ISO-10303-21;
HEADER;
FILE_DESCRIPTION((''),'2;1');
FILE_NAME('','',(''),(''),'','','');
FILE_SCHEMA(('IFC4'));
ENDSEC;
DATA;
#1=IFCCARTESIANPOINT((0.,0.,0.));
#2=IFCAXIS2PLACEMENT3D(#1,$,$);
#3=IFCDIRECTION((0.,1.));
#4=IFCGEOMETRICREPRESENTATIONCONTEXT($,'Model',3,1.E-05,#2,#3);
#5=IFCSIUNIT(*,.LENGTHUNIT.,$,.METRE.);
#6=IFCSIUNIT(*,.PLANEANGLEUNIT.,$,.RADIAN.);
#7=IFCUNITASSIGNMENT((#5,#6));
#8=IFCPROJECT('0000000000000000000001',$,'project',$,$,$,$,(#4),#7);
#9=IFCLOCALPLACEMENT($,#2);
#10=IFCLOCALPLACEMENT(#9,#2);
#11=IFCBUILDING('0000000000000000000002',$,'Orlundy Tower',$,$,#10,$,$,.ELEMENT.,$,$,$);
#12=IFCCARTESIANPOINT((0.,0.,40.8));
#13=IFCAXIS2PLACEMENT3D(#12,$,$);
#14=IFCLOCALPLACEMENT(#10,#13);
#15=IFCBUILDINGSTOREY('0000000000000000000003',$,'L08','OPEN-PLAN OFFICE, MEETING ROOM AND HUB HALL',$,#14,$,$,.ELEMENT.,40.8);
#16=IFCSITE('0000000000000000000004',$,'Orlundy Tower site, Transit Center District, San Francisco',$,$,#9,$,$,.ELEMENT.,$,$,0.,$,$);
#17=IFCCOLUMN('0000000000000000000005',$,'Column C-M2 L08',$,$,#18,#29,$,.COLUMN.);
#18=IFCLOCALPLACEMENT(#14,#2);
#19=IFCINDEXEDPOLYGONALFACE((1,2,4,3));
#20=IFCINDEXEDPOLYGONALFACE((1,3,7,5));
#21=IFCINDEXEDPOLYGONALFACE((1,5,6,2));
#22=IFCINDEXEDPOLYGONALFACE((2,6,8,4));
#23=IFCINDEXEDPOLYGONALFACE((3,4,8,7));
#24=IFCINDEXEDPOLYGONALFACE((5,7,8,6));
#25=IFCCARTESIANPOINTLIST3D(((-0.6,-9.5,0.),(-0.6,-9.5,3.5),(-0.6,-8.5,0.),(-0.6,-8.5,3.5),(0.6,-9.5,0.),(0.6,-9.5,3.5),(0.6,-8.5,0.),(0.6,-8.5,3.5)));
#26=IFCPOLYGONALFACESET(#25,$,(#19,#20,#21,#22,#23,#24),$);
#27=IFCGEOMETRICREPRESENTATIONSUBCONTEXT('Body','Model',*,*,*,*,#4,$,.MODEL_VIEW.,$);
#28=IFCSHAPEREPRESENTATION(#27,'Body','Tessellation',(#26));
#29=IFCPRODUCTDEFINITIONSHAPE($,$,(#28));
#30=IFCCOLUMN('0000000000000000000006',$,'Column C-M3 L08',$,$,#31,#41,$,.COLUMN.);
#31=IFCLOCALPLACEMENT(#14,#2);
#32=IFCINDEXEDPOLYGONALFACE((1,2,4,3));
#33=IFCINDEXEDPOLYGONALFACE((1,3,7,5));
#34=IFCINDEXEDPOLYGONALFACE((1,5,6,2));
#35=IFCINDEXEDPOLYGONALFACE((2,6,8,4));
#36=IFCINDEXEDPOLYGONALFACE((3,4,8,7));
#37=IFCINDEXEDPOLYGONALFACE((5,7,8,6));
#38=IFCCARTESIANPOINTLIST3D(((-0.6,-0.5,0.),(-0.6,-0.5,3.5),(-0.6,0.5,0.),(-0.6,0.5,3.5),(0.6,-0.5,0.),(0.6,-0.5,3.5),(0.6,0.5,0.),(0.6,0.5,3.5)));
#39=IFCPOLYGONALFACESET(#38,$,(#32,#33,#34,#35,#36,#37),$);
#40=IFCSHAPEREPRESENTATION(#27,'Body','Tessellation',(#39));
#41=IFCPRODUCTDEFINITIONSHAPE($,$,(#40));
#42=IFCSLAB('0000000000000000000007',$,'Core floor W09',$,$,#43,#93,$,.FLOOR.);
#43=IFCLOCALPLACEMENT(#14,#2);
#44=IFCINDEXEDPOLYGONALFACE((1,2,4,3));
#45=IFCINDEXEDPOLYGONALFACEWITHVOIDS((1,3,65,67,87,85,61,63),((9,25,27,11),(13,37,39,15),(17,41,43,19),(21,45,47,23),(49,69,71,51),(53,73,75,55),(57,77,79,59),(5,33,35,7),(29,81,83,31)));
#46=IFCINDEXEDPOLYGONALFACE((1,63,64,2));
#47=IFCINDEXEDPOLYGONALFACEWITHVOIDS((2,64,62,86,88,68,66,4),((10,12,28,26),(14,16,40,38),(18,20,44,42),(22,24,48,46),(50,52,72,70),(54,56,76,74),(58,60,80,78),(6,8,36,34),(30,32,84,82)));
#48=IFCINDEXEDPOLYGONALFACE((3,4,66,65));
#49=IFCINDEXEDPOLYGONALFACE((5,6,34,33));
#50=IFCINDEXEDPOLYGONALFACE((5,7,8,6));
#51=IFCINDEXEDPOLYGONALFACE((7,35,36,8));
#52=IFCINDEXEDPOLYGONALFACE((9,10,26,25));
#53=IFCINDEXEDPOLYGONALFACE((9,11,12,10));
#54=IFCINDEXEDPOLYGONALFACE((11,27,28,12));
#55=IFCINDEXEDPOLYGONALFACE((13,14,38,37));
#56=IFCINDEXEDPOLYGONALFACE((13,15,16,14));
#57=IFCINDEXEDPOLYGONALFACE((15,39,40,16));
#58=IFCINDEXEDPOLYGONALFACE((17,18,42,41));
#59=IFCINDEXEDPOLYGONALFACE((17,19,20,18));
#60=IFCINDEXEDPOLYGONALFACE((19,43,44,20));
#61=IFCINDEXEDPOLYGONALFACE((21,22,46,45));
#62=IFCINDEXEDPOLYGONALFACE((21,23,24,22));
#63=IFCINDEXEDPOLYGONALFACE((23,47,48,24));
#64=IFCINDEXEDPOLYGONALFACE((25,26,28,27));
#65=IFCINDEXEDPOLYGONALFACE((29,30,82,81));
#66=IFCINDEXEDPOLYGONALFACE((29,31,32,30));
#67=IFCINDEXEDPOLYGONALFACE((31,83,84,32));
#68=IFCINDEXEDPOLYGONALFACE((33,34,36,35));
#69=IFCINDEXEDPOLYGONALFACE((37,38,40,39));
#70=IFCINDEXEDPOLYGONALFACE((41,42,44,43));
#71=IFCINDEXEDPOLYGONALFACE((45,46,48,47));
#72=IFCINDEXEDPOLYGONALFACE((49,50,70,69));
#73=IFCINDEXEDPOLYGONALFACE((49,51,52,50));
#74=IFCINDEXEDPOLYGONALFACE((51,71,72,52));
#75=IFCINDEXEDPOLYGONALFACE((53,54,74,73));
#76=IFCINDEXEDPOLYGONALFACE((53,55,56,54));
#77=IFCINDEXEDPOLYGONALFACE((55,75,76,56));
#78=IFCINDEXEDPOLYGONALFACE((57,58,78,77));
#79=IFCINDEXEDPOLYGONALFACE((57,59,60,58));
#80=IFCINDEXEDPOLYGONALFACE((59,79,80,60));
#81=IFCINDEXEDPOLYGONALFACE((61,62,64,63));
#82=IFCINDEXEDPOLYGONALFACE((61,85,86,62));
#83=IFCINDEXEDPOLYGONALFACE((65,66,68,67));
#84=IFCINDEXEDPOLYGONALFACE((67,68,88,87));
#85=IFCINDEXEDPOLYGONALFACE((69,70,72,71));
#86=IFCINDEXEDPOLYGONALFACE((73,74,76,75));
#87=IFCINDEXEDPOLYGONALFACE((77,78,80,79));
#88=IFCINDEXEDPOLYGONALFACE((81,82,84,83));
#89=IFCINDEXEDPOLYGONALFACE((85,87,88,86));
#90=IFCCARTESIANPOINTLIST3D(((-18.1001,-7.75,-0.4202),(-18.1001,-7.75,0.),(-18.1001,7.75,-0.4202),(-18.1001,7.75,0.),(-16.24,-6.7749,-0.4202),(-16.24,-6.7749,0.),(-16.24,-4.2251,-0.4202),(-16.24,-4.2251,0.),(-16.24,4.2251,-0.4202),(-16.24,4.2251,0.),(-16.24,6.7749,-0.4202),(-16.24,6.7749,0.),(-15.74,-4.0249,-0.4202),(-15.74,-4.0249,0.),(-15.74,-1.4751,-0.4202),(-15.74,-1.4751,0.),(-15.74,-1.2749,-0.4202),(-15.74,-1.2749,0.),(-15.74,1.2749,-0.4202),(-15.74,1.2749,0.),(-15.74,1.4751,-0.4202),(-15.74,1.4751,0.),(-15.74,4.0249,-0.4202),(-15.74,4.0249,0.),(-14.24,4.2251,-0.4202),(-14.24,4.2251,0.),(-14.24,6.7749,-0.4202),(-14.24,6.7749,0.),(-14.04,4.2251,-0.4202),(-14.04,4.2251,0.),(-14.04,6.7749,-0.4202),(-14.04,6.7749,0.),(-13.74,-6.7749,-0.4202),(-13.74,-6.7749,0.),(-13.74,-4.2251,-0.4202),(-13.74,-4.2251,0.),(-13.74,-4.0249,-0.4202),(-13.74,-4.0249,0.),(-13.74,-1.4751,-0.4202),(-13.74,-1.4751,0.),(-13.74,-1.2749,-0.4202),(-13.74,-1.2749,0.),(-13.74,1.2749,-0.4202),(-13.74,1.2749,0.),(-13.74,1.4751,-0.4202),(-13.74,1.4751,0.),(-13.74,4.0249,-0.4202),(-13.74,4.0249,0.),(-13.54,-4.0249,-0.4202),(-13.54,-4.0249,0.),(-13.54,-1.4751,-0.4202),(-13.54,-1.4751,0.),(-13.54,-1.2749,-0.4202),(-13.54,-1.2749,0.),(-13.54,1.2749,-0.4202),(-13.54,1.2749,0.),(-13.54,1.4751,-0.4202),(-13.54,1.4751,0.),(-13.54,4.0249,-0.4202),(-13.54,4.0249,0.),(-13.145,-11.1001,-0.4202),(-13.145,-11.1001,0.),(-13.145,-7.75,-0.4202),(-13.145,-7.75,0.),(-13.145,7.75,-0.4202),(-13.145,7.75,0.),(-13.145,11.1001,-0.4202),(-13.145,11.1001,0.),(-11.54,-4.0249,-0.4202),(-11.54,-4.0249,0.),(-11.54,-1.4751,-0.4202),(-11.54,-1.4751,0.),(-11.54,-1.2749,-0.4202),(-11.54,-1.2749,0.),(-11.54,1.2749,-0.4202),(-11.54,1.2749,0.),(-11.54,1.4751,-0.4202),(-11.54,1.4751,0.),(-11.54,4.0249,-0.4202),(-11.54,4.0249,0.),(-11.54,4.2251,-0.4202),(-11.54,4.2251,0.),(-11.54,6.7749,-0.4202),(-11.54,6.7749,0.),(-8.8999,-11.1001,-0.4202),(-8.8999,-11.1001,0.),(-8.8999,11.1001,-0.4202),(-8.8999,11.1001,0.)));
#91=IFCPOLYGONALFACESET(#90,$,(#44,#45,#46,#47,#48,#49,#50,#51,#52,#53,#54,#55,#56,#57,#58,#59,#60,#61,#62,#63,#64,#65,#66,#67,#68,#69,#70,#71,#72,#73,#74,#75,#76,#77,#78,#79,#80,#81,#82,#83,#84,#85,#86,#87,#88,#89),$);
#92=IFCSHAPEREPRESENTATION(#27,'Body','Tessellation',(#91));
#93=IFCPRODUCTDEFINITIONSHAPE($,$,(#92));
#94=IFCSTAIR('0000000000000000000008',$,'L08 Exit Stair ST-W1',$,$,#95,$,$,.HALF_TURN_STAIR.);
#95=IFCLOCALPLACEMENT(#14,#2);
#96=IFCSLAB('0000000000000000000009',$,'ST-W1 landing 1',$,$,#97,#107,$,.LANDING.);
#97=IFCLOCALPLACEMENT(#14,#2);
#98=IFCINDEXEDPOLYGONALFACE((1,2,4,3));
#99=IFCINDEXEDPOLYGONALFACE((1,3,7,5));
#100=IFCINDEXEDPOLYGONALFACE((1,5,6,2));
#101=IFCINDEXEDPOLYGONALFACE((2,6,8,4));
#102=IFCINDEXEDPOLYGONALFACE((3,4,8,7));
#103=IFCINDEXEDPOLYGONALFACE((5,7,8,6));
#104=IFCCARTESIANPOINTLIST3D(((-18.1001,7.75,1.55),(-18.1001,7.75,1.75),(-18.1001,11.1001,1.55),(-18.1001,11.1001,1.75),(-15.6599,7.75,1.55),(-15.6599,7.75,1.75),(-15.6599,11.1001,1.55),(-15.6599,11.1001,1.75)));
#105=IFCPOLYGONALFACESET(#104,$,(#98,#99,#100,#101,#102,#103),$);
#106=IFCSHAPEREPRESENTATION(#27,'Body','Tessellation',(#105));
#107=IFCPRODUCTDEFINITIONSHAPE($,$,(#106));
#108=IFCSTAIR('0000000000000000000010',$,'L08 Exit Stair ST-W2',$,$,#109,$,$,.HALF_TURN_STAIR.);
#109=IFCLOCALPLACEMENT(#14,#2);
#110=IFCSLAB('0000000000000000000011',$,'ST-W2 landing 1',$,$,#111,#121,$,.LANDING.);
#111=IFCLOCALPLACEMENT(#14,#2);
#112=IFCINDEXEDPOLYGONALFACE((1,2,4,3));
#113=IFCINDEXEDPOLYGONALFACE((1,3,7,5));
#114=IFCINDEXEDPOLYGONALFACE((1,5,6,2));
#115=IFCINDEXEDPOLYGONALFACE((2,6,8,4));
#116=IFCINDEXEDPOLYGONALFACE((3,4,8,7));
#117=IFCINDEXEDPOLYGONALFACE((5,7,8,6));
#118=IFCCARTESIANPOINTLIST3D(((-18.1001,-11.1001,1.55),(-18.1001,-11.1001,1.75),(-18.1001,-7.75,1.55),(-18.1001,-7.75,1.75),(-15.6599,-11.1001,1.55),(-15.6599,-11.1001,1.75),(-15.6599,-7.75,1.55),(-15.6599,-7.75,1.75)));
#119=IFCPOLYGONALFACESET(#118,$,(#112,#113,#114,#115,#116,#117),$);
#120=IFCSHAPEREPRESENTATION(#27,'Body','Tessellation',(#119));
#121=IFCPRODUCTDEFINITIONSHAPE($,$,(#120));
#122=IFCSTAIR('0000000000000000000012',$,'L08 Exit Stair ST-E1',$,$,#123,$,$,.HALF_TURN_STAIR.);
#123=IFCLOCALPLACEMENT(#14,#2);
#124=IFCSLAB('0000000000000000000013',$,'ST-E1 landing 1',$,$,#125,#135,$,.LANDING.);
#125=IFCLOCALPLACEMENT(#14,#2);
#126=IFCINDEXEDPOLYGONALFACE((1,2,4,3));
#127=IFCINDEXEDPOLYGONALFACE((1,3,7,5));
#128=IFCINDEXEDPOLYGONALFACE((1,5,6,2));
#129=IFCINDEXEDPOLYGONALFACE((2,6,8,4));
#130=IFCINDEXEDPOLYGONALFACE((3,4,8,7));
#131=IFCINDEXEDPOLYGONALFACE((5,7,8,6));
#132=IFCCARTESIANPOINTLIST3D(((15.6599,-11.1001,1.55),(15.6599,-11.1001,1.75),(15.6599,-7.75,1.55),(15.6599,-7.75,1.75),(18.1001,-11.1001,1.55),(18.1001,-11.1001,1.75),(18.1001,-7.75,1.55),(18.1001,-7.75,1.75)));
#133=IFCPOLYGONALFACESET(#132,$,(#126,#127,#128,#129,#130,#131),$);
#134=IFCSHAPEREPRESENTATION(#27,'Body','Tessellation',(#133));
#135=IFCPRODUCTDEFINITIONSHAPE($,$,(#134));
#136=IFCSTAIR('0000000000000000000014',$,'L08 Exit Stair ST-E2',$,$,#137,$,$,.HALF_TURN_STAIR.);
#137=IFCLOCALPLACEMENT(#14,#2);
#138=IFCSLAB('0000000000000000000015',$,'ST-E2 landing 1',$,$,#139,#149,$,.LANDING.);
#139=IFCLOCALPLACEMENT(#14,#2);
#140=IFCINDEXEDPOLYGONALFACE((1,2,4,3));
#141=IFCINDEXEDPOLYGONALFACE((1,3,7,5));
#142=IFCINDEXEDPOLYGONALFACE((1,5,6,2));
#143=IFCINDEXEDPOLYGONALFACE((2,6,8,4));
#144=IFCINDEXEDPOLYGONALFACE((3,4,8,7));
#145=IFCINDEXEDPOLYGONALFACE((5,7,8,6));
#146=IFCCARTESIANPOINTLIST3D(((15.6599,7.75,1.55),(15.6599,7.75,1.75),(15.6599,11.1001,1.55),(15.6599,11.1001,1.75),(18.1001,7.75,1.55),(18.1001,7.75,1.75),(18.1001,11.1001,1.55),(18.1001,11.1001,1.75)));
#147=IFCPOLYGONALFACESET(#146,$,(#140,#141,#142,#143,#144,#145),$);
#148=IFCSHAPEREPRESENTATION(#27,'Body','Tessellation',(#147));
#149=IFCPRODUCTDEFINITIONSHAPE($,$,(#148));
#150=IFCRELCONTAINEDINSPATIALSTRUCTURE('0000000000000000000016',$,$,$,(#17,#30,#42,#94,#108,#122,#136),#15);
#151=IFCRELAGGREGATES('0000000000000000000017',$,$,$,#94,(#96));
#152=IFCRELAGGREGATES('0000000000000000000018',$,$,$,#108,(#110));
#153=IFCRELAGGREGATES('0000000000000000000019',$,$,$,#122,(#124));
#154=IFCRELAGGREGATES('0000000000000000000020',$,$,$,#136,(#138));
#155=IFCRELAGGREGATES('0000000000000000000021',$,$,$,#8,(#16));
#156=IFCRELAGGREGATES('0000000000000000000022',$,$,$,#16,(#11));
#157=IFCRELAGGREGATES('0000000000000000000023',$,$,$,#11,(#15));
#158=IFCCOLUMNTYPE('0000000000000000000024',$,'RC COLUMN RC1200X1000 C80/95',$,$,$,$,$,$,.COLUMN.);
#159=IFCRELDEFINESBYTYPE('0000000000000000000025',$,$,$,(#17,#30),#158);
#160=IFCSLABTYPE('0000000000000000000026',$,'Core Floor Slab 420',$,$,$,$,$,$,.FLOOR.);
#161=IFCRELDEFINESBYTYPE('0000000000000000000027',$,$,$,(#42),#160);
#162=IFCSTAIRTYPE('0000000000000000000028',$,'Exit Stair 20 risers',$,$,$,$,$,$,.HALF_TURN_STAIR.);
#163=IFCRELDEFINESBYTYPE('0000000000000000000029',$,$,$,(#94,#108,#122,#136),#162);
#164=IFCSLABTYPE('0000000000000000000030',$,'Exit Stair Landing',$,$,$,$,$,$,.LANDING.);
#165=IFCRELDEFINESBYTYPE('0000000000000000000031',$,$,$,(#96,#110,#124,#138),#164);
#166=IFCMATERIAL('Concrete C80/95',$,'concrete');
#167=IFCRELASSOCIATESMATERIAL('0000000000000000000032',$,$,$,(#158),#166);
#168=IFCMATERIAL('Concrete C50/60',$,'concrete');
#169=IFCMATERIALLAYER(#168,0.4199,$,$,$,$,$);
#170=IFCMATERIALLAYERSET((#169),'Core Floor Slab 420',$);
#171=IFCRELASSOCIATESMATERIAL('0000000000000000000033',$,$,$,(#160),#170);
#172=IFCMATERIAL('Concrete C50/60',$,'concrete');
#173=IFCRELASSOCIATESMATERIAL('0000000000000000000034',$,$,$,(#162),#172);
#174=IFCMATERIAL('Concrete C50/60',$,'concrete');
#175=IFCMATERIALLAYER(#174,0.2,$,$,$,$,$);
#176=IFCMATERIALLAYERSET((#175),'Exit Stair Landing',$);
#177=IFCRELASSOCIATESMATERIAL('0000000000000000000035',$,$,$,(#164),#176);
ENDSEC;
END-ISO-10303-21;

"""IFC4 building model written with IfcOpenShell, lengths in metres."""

from ifc_helpers import new_model, si_unit, direction, frame, origin, origin_2d, place, context, subcontext, project, spatial, polyline, rectangle, outline, extrude, material, layer, layer_set, material_profile, profile_set, type_object, element, aggregate, save


model = new_model("IFC4")

# Units and contexts
model_context = context("Model", 3, precision=1e-05, world=origin(), true_north=direction((0.0, 1.0)))
body_context = subcontext(model_context, "Body", "Model", "MODEL_VIEW")
ifc_project = project(units=[si_unit("LENGTHUNIT", "METRE"), si_unit("PLANEANGLEUNIT", "RADIAN")], contexts=[model_context])

# Site, building, storey
site_placement = place(None, origin())
site = spatial("IfcSite", under=ifc_project, at=site_placement, Name="Orlundy Tower site, Transit Center District, San Francisco", CompositionType="ELEMENT", RefElevation=0.0)
building_placement = place(site_placement, origin())
building = spatial("IfcBuilding", under=site, at=building_placement, Name="Orlundy Tower", CompositionType="ELEMENT")
storey_placement = place(building_placement, frame((0.0, 0.0, 40.8)))
storey = spatial("IfcBuildingStorey", under=building, at=storey_placement, Name="L08", Description="OPEN-PLAN OFFICE, MEETING ROOM AND HUB HALL", CompositionType="ELEMENT", Elevation=40.8)

# Columns
ifc_material_1 = material(Name="Concrete C80/95", Category="concrete")
ifc_material_profile = material_profile(ifc_material_1, rectangle(XDim=1.2, YDim=1.0, at=origin_2d()), Name="RC1200X1000")
ifc_profile_set = profile_set([ifc_material_profile], Name="Concrete C80/95")
column_type = type_object("IfcColumnType", Name="RC COLUMN RC1200X1000 C80/95", PredefinedType="COLUMN", material=ifc_profile_set)
for number, where, z_axis, x_axis, name in (
    (1, (0.0, -9.0, 0.0), (0.0, 0.0, 1.0), (1.0, 0.0, 0.0), "Column C-M2 L08"),
    (2, (0.0, 0.0, 0.0), (0.0, 0.0, 1.0), (1.0, 0.0, 0.0), "Column C-M3 L08"),
):
    element("IfcColumn", number, at=place(storey_placement, frame(where, z_axis=z_axis, x_axis=x_axis)), inside=storey, type_object=column_type, Name=name, PredefinedType="COLUMN", context=body_context, shape_type="SweptSolid", body=[
        extrude(rectangle(XDim=1.2, YDim=1.0, at=origin_2d()), origin(), (0.0, 0.0, 1.0), 3.5),
    ])

# Slab
ifc_material_2 = material(Name="Concrete C50/60", Category="concrete")
ifc_layer_1 = layer(ifc_material_2, 0.4199)
ifc_layer_set_1 = layer_set([ifc_layer_1], Name="Core Floor Slab 420")
slab_type_1 = type_object("IfcSlabType", Name="Core Floor Slab 420", PredefinedType="FLOOR", material=ifc_layer_set_1)
slab_1_placement = place(storey_placement, frame((0.0, 0.0, -0.4202)))
element("IfcSlab", 3, at=slab_1_placement, inside=storey, type_object=slab_type_1, Name="Core floor W09", PredefinedType="FLOOR", context=body_context, shape_type="SweptSolid", body=[
    extrude(outline(polyline([(-13.145, 7.75), (-13.145, 11.1001), (-8.8999, 11.1001), (-8.8999, -11.1001), (-13.145, -11.1001), (-13.145, -7.75), (-18.1001, -7.75), (-18.1001, 7.75), (-13.145, 7.75)]), holes=[polyline([(-16.24, -6.7749), (-13.74, -6.7749), (-13.74, -4.2251), (-16.24, -4.2251), (-16.24, -6.7749)]), polyline([(-13.54, -1.4751), (-13.54, -4.0249), (-11.54, -4.0249), (-11.54, -1.4751), (-13.54, -1.4751)]), polyline([(-13.74, -1.4751), (-15.74, -1.4751), (-15.74, -4.0249), (-13.74, -4.0249), (-13.74, -1.4751)]), polyline([(-11.54, -1.2749), (-11.54, 1.2749), (-13.54, 1.2749), (-13.54, -1.2749), (-11.54, -1.2749)]), polyline([(-15.74, -1.2749), (-13.74, -1.2749), (-13.74, 1.2749), (-15.74, 1.2749), (-15.74, -1.2749)]), polyline([(-13.54, 4.0249), (-13.54, 1.4751), (-11.54, 1.4751), (-11.54, 4.0249), (-13.54, 4.0249)]), polyline([(-13.74, 4.0249), (-15.74, 4.0249), (-15.74, 1.4751), (-13.74, 1.4751), (-13.74, 4.0249)]), polyline([(-11.54, 4.2251), (-11.54, 6.7749), (-14.04, 6.7749), (-14.04, 4.2251), (-11.54, 4.2251)]), polyline([(-16.24, 4.2251), (-14.24, 4.2251), (-14.24, 6.7749), (-16.24, 6.7749), (-16.24, 4.2251)])]), origin(), (0.0, 0.0, 1.0), 0.4202),
])

# Stairs, slabs
ifc_material_3 = material(Name="Concrete C50/60", Category="concrete")
stair_type = type_object("IfcStairType", Name="Exit Stair 20 risers", PredefinedType="HALF_TURN_STAIR", material=ifc_material_3)
stair_1_placement = place(storey_placement, origin())
stair_1 = element("IfcStair", 4, at=stair_1_placement, inside=storey, type_object=stair_type, Name="L08 Exit Stair ST-W1", PredefinedType="HALF_TURN_STAIR")
ifc_material_4 = material(Name="Concrete C50/60", Category="concrete")
ifc_layer_2 = layer(ifc_material_4, 0.2)
ifc_layer_set_2 = layer_set([ifc_layer_2], Name="Exit Stair Landing")
slab_type_2 = type_object("IfcSlabType", Name="Exit Stair Landing", PredefinedType="LANDING", material=ifc_layer_set_2)
slab_2_placement = place(storey_placement, frame((0.0, 0.0, 1.55)))
slab_2 = element("IfcSlab", 5, at=slab_2_placement, type_object=slab_type_2, Name="ST-W1 landing 1", PredefinedType="LANDING", context=body_context, shape_type="SweptSolid", body=[
    extrude(outline(polyline([(-15.6599, 11.1001), (-18.1001, 11.1001), (-18.1001, 7.75), (-15.6599, 7.75), (-15.6599, 11.1001)])), origin(), (0.0, 0.0, 1.0), 0.2),
])
aggregate(stair_1, [slab_2])
stair_2_placement = place(storey_placement, origin())
stair_2 = element("IfcStair", 6, at=stair_2_placement, inside=storey, type_object=stair_type, Name="L08 Exit Stair ST-W2", PredefinedType="HALF_TURN_STAIR")
slab_3_placement = place(storey_placement, frame((0.0, 0.0, 1.55)))
slab_3 = element("IfcSlab", 7, at=slab_3_placement, type_object=slab_type_2, Name="ST-W2 landing 1", PredefinedType="LANDING", context=body_context, shape_type="SweptSolid", body=[
    extrude(outline(polyline([(-15.6599, -7.75), (-18.1001, -7.75), (-18.1001, -11.1001), (-15.6599, -11.1001), (-15.6599, -7.75)])), origin(), (0.0, 0.0, 1.0), 0.2),
])
aggregate(stair_2, [slab_3])
stair_3_placement = place(storey_placement, origin())
stair_3 = element("IfcStair", 8, at=stair_3_placement, inside=storey, type_object=stair_type, Name="L08 Exit Stair ST-E1", PredefinedType="HALF_TURN_STAIR")
slab_4_placement = place(storey_placement, frame((0.0, 0.0, 1.55)))
slab_4 = element("IfcSlab", 9, at=slab_4_placement, type_object=slab_type_2, Name="ST-E1 landing 1", PredefinedType="LANDING", context=body_context, shape_type="SweptSolid", body=[
    extrude(outline(polyline([(15.6599, -11.1001), (18.1001, -11.1001), (18.1001, -7.75), (15.6599, -7.75), (15.6599, -11.1001)])), origin(), (0.0, 0.0, 1.0), 0.2),
])
aggregate(stair_3, [slab_4])
stair_4_placement = place(storey_placement, origin())
stair_4 = element("IfcStair", 10, at=stair_4_placement, inside=storey, type_object=stair_type, Name="L08 Exit Stair ST-E2", PredefinedType="HALF_TURN_STAIR")
slab_5_placement = place(storey_placement, frame((0.0, 0.0, 1.55)))
slab_5 = element("IfcSlab", 11, at=slab_5_placement, type_object=slab_type_2, Name="ST-E2 landing 1", PredefinedType="LANDING", context=body_context, shape_type="SweptSolid", body=[
    extrude(outline(polyline([(15.6599, 7.75), (18.1001, 7.75), (18.1001, 11.1001), (15.6599, 11.1001), (15.6599, 7.75)])), origin(), (0.0, 0.0, 1.0), 0.2),
])
aggregate(stair_4, [slab_5])

save(model, "model.ifc")
